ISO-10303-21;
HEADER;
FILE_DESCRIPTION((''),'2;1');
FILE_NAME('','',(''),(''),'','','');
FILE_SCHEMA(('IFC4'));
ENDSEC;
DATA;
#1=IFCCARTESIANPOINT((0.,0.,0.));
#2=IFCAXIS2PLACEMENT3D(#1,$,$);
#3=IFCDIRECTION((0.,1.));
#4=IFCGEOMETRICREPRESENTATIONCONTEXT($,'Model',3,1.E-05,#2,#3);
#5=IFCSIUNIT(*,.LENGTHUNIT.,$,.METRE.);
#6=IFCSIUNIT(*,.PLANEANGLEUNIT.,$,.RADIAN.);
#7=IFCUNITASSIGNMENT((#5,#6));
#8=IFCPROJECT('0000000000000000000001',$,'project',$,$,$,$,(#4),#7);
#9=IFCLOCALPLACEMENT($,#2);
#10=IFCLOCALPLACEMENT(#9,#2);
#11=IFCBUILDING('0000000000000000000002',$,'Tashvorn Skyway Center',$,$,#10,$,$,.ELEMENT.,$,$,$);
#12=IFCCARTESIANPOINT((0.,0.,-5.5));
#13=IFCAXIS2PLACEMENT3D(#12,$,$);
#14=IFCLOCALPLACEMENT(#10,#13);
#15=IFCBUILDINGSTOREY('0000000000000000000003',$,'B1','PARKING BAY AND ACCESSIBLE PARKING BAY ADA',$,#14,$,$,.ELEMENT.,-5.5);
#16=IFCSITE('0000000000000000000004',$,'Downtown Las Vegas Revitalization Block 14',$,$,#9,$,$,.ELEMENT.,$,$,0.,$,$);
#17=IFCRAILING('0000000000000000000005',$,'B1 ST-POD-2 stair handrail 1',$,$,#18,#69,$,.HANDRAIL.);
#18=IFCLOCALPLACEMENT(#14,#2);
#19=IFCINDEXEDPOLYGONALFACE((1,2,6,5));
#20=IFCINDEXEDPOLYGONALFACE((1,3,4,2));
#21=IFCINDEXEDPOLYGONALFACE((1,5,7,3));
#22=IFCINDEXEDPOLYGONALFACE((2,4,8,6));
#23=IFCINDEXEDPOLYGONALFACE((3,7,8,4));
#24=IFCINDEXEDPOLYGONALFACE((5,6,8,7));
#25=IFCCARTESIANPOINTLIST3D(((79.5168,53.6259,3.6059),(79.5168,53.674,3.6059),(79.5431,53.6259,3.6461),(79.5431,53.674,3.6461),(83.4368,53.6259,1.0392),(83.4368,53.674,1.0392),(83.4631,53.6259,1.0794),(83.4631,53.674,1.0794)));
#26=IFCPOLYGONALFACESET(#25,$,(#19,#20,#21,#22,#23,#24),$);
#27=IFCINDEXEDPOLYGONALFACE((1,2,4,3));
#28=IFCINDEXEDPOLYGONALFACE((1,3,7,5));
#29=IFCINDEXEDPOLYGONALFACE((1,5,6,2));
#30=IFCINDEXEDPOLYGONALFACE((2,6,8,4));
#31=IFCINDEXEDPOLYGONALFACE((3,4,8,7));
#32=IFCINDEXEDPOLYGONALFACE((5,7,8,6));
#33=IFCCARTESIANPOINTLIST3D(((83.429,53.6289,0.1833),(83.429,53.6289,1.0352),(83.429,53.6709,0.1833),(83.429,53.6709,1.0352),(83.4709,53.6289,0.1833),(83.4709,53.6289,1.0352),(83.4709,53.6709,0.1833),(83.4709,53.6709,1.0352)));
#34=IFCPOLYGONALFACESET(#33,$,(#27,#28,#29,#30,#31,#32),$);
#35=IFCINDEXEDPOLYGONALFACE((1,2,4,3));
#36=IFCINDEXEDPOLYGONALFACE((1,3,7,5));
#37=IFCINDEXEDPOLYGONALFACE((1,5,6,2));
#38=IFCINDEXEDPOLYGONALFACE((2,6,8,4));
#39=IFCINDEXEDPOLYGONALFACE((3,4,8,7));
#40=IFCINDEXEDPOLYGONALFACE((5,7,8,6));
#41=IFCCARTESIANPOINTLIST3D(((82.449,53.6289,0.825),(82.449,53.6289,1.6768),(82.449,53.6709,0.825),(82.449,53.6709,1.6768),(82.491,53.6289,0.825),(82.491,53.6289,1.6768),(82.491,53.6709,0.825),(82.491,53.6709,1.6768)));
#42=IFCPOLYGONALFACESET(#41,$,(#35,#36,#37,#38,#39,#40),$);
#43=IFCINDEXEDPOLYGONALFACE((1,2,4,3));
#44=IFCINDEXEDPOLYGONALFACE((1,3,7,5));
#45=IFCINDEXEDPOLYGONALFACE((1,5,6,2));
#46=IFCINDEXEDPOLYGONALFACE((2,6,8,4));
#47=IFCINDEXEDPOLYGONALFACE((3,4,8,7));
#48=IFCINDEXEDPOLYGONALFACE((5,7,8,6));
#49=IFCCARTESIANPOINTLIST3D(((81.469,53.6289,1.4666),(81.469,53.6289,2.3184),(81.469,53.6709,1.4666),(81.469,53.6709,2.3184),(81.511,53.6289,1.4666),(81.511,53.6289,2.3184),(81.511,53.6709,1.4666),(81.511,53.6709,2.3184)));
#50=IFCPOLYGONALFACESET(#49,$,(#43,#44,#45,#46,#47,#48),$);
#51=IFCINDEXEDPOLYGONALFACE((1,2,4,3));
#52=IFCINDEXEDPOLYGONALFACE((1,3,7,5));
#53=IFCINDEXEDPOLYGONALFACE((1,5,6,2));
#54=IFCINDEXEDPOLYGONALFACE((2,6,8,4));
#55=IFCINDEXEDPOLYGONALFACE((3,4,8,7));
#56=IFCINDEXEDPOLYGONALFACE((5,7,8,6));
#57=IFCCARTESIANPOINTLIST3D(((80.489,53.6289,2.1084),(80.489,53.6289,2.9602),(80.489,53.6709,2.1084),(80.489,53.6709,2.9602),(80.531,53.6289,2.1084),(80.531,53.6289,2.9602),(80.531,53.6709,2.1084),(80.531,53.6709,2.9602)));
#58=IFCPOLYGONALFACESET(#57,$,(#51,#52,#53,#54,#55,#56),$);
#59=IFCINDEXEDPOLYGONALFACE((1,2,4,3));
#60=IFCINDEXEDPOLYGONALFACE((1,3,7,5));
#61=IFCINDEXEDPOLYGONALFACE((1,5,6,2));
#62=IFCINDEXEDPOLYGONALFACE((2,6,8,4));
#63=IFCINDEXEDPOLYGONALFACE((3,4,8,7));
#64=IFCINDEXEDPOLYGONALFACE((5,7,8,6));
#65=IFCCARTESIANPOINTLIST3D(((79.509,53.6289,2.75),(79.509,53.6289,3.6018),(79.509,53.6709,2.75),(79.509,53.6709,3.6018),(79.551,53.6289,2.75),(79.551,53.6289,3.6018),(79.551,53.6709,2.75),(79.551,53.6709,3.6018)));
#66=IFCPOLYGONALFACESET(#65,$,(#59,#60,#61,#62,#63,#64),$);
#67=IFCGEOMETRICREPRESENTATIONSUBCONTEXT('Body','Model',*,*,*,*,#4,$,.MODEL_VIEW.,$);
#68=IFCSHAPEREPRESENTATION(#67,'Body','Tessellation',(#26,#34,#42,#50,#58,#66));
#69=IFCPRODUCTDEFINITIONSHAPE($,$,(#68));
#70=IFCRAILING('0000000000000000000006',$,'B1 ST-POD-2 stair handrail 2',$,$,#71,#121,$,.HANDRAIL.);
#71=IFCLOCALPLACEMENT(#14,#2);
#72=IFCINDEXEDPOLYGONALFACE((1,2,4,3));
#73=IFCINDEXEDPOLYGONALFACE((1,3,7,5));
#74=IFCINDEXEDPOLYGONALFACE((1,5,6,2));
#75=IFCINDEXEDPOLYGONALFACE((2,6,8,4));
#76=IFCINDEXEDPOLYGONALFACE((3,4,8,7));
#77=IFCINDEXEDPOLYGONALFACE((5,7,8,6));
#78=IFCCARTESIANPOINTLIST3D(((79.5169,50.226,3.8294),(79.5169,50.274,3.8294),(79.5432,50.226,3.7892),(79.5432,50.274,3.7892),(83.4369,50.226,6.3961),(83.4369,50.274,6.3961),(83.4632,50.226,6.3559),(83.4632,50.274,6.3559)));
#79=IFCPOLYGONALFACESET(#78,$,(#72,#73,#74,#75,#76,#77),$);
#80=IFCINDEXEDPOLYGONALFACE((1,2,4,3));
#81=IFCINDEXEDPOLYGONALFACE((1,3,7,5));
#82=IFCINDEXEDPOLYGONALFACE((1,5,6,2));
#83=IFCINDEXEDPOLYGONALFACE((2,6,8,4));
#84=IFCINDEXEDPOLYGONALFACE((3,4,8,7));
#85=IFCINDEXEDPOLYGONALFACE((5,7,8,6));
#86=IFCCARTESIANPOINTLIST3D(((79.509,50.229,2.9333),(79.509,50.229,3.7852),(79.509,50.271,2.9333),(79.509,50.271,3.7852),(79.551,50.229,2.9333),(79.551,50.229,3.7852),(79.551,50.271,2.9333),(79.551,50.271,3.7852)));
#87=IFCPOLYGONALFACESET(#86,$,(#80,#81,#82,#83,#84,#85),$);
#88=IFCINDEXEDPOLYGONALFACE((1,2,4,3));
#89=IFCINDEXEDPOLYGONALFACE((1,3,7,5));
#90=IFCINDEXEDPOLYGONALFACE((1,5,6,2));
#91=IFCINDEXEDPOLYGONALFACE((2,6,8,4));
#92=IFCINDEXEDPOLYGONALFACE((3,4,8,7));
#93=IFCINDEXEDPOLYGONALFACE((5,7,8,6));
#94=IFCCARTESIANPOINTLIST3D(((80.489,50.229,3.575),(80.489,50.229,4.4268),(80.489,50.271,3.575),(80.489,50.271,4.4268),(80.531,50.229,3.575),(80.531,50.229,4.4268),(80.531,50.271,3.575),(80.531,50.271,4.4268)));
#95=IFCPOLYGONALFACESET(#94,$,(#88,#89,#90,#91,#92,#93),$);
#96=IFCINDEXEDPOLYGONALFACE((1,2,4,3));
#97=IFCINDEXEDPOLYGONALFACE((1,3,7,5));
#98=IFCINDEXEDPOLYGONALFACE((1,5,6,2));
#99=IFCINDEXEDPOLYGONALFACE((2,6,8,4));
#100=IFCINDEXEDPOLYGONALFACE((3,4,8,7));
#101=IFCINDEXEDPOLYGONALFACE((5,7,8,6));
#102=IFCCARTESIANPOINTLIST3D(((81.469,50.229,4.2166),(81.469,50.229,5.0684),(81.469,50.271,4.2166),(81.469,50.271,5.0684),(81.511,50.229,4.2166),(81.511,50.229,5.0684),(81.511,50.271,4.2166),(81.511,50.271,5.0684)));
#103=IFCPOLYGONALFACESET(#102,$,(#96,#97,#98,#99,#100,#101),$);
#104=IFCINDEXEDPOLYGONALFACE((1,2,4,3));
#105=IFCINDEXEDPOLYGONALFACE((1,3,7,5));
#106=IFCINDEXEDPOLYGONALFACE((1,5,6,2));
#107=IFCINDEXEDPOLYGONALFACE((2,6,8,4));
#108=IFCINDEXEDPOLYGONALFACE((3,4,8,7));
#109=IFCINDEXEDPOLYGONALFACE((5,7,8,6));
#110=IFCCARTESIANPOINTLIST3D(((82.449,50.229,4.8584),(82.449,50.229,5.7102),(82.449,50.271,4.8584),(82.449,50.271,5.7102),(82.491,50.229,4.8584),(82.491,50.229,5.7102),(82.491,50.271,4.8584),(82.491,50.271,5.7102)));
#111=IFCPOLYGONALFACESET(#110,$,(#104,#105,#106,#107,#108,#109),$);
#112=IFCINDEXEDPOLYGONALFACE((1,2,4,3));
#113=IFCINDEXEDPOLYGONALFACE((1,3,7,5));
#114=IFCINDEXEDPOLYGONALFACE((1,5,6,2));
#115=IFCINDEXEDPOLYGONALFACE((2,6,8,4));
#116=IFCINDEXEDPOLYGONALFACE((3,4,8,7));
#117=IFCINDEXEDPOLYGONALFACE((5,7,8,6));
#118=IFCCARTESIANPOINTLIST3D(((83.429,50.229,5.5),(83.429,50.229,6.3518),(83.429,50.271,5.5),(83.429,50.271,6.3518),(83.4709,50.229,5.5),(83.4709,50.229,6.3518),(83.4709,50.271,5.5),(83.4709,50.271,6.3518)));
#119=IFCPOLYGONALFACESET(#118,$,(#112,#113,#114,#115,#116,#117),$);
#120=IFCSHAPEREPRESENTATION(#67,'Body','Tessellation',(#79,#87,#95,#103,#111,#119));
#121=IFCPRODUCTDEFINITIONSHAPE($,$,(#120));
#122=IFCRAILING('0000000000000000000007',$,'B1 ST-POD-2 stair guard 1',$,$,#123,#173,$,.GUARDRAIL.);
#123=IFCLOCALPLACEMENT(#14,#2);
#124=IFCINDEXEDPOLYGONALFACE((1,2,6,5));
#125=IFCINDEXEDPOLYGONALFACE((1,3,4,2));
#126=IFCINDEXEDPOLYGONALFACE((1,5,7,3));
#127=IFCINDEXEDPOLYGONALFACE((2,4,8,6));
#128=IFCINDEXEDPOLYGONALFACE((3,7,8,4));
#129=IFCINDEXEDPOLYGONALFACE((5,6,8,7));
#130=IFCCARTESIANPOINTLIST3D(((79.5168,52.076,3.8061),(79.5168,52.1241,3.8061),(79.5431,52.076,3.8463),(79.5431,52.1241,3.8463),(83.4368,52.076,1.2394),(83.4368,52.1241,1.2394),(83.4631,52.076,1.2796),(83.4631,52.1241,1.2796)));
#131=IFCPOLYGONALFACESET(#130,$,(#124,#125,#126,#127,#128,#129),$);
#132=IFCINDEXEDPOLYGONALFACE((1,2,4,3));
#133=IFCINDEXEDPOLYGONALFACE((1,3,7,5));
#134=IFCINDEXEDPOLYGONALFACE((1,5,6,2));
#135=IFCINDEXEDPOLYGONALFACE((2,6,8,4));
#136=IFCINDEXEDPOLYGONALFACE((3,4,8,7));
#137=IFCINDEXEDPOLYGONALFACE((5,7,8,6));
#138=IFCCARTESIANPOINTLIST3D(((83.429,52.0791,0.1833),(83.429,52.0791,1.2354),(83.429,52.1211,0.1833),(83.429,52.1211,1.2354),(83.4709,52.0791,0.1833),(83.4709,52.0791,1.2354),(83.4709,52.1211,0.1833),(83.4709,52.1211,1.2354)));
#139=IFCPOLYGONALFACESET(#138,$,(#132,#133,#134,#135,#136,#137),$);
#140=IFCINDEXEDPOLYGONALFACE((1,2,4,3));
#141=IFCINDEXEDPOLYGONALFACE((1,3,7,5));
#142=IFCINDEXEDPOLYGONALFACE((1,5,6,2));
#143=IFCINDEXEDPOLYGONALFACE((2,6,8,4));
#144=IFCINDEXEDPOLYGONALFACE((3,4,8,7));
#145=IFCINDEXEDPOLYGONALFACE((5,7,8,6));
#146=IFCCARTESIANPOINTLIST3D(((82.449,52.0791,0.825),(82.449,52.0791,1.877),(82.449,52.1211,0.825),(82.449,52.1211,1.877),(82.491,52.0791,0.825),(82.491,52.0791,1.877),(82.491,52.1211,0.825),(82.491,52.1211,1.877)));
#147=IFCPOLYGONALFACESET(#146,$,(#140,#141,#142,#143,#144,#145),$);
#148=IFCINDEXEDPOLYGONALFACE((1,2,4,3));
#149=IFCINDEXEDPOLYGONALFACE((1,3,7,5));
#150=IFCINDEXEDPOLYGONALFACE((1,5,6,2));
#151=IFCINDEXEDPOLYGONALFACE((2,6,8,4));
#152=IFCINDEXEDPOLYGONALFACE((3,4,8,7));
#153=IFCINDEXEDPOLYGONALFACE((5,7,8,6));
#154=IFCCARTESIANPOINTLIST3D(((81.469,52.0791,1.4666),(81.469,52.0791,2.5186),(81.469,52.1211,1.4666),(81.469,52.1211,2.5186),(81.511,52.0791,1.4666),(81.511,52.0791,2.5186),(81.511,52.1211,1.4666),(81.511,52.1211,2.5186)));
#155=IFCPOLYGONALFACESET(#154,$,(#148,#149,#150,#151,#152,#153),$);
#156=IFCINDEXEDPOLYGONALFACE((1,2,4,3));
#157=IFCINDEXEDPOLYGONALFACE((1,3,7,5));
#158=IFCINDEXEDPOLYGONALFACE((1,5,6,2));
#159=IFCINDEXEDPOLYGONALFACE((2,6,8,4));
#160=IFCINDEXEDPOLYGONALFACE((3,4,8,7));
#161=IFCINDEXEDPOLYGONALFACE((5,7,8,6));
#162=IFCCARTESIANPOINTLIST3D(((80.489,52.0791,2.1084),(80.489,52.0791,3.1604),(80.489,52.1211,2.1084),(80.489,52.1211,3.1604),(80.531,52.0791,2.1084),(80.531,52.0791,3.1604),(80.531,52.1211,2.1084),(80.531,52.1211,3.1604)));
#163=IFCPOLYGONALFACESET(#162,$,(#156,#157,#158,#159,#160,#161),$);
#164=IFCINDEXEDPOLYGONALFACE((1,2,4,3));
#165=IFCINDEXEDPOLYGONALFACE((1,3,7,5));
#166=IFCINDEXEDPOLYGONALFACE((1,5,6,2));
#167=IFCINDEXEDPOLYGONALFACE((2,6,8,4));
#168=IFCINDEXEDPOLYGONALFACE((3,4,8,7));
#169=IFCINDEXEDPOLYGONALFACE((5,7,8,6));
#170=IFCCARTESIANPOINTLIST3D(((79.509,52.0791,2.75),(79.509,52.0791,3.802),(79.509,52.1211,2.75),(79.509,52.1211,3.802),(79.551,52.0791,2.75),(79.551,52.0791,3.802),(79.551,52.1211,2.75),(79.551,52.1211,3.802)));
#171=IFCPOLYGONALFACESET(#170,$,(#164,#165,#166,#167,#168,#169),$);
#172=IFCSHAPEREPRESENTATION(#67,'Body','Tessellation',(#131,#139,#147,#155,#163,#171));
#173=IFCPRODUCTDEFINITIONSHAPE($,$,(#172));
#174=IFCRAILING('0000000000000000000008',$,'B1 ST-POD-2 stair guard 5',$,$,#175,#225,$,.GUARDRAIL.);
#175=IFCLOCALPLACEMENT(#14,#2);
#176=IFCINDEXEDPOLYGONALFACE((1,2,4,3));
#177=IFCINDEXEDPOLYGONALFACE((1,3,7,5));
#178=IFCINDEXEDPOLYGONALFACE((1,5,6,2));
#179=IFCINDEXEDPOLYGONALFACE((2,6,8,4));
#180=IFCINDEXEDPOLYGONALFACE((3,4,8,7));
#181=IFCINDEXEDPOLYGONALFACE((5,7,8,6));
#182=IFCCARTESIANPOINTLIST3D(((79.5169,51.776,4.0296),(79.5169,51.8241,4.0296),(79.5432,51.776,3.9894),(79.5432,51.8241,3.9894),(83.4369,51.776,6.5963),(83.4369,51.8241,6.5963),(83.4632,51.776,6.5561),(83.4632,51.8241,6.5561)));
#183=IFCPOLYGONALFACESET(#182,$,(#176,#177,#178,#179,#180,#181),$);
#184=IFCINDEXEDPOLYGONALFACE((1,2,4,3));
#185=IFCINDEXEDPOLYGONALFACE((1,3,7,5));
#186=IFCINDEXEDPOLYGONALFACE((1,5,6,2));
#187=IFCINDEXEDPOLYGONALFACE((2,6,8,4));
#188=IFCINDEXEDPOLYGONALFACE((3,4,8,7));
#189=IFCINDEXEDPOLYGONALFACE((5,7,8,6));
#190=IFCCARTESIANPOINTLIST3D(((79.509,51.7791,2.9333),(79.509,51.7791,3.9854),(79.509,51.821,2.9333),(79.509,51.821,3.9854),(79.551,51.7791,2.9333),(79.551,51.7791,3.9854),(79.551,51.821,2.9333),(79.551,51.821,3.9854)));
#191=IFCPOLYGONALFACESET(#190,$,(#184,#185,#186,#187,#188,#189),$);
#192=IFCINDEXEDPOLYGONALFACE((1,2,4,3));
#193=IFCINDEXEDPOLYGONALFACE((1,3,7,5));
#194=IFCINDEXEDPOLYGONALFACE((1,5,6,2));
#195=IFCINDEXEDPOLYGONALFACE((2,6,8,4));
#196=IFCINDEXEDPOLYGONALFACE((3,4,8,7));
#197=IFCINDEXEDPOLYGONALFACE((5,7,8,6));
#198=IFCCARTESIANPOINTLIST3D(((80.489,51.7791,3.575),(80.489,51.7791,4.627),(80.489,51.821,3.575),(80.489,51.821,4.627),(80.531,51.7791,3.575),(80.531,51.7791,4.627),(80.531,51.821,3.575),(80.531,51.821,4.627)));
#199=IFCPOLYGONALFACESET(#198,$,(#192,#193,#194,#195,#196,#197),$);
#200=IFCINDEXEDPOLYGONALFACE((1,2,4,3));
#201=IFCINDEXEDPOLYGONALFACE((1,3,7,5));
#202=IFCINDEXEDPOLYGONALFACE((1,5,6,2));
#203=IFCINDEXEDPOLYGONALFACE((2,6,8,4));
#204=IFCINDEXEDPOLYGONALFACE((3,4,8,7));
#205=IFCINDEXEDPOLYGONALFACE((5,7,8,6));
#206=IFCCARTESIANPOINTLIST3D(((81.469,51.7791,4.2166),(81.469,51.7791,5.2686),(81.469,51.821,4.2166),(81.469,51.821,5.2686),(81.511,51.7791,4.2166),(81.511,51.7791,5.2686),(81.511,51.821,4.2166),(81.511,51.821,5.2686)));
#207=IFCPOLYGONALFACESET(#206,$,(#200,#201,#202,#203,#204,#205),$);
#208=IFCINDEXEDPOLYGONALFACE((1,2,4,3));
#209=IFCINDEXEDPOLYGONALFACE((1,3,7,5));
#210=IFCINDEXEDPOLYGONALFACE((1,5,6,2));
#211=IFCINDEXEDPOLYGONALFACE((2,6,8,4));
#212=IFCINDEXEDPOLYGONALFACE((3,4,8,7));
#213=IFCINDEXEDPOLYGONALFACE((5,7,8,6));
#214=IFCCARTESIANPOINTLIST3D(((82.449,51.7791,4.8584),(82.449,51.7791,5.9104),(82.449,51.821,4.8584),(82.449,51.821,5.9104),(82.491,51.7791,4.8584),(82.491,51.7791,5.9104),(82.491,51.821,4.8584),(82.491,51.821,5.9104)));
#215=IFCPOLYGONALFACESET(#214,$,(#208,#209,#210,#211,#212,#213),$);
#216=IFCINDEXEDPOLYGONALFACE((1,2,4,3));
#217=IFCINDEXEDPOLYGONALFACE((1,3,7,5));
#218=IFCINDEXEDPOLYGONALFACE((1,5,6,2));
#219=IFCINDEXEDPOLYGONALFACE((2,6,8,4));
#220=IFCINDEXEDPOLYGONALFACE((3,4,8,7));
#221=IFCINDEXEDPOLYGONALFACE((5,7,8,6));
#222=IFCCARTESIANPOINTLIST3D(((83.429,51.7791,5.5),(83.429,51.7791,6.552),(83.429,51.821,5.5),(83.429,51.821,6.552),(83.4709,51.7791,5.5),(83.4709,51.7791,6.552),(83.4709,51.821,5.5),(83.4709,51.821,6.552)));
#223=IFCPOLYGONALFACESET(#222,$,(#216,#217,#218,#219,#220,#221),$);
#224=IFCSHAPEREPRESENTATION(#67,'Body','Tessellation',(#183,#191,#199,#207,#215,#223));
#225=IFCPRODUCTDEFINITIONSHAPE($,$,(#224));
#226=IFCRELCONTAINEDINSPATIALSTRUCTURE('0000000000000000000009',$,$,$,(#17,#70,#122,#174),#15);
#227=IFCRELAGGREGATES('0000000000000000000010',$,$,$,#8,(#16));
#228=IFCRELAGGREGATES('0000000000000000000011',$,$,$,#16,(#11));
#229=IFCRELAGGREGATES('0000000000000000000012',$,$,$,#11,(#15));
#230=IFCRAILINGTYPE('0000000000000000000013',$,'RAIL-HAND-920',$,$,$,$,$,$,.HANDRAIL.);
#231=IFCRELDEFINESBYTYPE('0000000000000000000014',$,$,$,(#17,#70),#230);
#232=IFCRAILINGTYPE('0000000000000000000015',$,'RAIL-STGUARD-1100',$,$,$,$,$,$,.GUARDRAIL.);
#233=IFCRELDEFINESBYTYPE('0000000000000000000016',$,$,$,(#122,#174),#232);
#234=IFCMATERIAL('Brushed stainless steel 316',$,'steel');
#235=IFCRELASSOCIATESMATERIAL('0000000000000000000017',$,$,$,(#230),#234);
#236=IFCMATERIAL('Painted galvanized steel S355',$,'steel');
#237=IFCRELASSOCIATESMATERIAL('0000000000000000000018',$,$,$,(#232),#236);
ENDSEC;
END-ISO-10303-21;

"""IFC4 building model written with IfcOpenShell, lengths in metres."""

from ifc_helpers import new_model, si_unit, direction, frame, origin, origin_2d, place, context, subcontext, project, spatial, rectangle, extrude, material, type_object, element, save


model = new_model("IFC4")

# Units and contexts
model_context = context("Model", 3, precision=1e-05, world=origin(), true_north=direction((0.0, 1.0)))
body_context = subcontext(model_context, "Body", "Model", "MODEL_VIEW")
ifc_project = project(units=[si_unit("LENGTHUNIT", "METRE"), si_unit("PLANEANGLEUNIT", "RADIAN")], contexts=[model_context])

# Site, building, storey
site_placement = place(None, origin())
site = spatial("IfcSite", under=ifc_project, at=site_placement, Name="Downtown Las Vegas Revitalization Block 14", CompositionType="ELEMENT", RefElevation=0.0)
building_placement = place(site_placement, origin())
building = spatial("IfcBuilding", under=site, at=building_placement, Name="Tashvorn Skyway Center", CompositionType="ELEMENT")
storey_placement = place(building_placement, frame((0.0, 0.0, -5.5)))
storey = spatial("IfcBuildingStorey", under=building, at=storey_placement, Name="B1", Description="PARKING BAY AND ACCESSIBLE PARKING BAY ADA", CompositionType="ELEMENT", Elevation=-5.5)

# Railings
ifc_material_1 = material(Name="Brushed stainless steel 316", Category="steel")
railing_type_1 = type_object("IfcRailingType", Name="RAIL-HAND-920", PredefinedType="HANDRAIL", material=ifc_material_1)
railing_1_placement = place(storey_placement, frame((83.45, 53.6499, 0.1833)))
element("IfcRailing", 1, at=railing_1_placement, inside=storey, type_object=railing_type_1, Name="B1 ST-POD-2 stair handrail 1", PredefinedType="HANDRAIL", context=body_context, shape_type="SweptSolid", body=[
    extrude(rectangle(XDim=0.0481, YDim=0.0481, at=origin_2d()), frame((0.0, 0.0, 0.876), z_axis=(-0.836615, 0.0, 0.547791), x_axis=(0.0, -1.0, 0.0)), (0.0, 0.0, 1.0), 4.6855),
    extrude(rectangle(XDim=0.042, YDim=0.042, at=origin_2d()), origin(), (0.0, 0.0, 1.0), 0.8518),
    extrude(rectangle(XDim=0.042, YDim=0.042, at=origin_2d()), frame((-0.98, 0.0, 0.6416)), (0.0, 0.0, 1.0), 0.8518),
    extrude(rectangle(XDim=0.042, YDim=0.042, at=origin_2d()), frame((-1.96, 0.0, 1.2832)), (0.0, 0.0, 1.0), 0.8518),
    extrude(rectangle(XDim=0.042, YDim=0.042, at=origin_2d()), frame((-2.9399, 0.0, 1.925)), (0.0, 0.0, 1.0), 0.8518),
    extrude(rectangle(XDim=0.042, YDim=0.042, at=origin_2d()), frame((-3.9199, 0.0, 2.5667)), (0.0, 0.0, 1.0), 0.8518),
])
railing_2_placement = place(storey_placement, frame((79.53, 50.25, 2.9333)))
element("IfcRailing", 2, at=railing_2_placement, inside=storey, type_object=railing_type_1, Name="B1 ST-POD-2 stair handrail 2", PredefinedType="HANDRAIL", context=body_context, shape_type="SweptSolid", body=[
    extrude(rectangle(XDim=0.0481, YDim=0.0481, at=origin_2d()), frame((0.0, 0.0, 0.876), z_axis=(0.836615, 0.0, 0.547791), x_axis=(0.0, 1.0, 0.0)), (0.0, 0.0, 1.0), 4.6855),
    extrude(rectangle(XDim=0.042, YDim=0.042, at=origin_2d()), origin(), (0.0, 0.0, 1.0), 0.8518),
    extrude(rectangle(XDim=0.042, YDim=0.042, at=origin_2d()), frame((0.98, 0.0, 0.6416)), (0.0, 0.0, 1.0), 0.8518),
    extrude(rectangle(XDim=0.042, YDim=0.042, at=origin_2d()), frame((1.96, 0.0, 1.2832)), (0.0, 0.0, 1.0), 0.8518),
    extrude(rectangle(XDim=0.042, YDim=0.042, at=origin_2d()), frame((2.9399, 0.0, 1.925)), (0.0, 0.0, 1.0), 0.8518),
    extrude(rectangle(XDim=0.042, YDim=0.042, at=origin_2d()), frame((3.9199, 0.0, 2.5667)), (0.0, 0.0, 1.0), 0.8518),
])
ifc_material_2 = material(Name="Painted galvanized steel S355", Category="steel")
railing_type_2 = type_object("IfcRailingType", Name="RAIL-STGUARD-1100", PredefinedType="GUARDRAIL", material=ifc_material_2)
railing_3_placement = place(storey_placement, frame((83.45, 52.1001, 0.1833)))
element("IfcRailing", 3, at=railing_3_placement, inside=storey, type_object=railing_type_2, Name="B1 ST-POD-2 stair guard 1", PredefinedType="GUARDRAIL", context=body_context, shape_type="SweptSolid", body=[
    extrude(rectangle(XDim=0.0481, YDim=0.0481, at=origin_2d()), frame((0.0, 0.0, 1.0762), z_axis=(-0.836615, 0.0, 0.547791), x_axis=(0.0, -1.0, 0.0)), (0.0, 0.0, 1.0), 4.6855),
    extrude(rectangle(XDim=0.042, YDim=0.042, at=origin_2d()), origin(), (0.0, 0.0, 1.0), 1.052),
    extrude(rectangle(XDim=0.042, YDim=0.042, at=origin_2d()), frame((-0.98, 0.0, 0.6416)), (0.0, 0.0, 1.0), 1.052),
    extrude(rectangle(XDim=0.042, YDim=0.042, at=origin_2d()), frame((-1.96, 0.0, 1.2832)), (0.0, 0.0, 1.0), 1.052),
    extrude(rectangle(XDim=0.042, YDim=0.042, at=origin_2d()), frame((-2.9399, 0.0, 1.925)), (0.0, 0.0, 1.0), 1.052),
    extrude(rectangle(XDim=0.042, YDim=0.042, at=origin_2d()), frame((-3.9199, 0.0, 2.5667)), (0.0, 0.0, 1.0), 1.052),
])
railing_4_placement = place(storey_placement, frame((79.53, 51.8, 2.9333)))
element("IfcRailing", 4, at=railing_4_placement, inside=storey, type_object=railing_type_2, Name="B1 ST-POD-2 stair guard 5", PredefinedType="GUARDRAIL", context=body_context, shape_type="SweptSolid", body=[
    extrude(rectangle(XDim=0.0481, YDim=0.0481, at=origin_2d()), frame((0.0, 0.0, 1.0762), z_axis=(0.836615, 0.0, 0.547791), x_axis=(0.0, 1.0, 0.0)), (0.0, 0.0, 1.0), 4.6855),
    extrude(rectangle(XDim=0.042, YDim=0.042, at=origin_2d()), origin(), (0.0, 0.0, 1.0), 1.052),
    extrude(rectangle(XDim=0.042, YDim=0.042, at=origin_2d()), frame((0.98, 0.0, 0.6416)), (0.0, 0.0, 1.0), 1.052),
    extrude(rectangle(XDim=0.042, YDim=0.042, at=origin_2d()), frame((1.96, 0.0, 1.2832)), (0.0, 0.0, 1.0), 1.052),
    extrude(rectangle(XDim=0.042, YDim=0.042, at=origin_2d()), frame((2.9399, 0.0, 1.925)), (0.0, 0.0, 1.0), 1.052),
    extrude(rectangle(XDim=0.042, YDim=0.042, at=origin_2d()), frame((3.9199, 0.0, 2.5667)), (0.0, 0.0, 1.0), 1.052),
])

save(model, "model.ifc")
